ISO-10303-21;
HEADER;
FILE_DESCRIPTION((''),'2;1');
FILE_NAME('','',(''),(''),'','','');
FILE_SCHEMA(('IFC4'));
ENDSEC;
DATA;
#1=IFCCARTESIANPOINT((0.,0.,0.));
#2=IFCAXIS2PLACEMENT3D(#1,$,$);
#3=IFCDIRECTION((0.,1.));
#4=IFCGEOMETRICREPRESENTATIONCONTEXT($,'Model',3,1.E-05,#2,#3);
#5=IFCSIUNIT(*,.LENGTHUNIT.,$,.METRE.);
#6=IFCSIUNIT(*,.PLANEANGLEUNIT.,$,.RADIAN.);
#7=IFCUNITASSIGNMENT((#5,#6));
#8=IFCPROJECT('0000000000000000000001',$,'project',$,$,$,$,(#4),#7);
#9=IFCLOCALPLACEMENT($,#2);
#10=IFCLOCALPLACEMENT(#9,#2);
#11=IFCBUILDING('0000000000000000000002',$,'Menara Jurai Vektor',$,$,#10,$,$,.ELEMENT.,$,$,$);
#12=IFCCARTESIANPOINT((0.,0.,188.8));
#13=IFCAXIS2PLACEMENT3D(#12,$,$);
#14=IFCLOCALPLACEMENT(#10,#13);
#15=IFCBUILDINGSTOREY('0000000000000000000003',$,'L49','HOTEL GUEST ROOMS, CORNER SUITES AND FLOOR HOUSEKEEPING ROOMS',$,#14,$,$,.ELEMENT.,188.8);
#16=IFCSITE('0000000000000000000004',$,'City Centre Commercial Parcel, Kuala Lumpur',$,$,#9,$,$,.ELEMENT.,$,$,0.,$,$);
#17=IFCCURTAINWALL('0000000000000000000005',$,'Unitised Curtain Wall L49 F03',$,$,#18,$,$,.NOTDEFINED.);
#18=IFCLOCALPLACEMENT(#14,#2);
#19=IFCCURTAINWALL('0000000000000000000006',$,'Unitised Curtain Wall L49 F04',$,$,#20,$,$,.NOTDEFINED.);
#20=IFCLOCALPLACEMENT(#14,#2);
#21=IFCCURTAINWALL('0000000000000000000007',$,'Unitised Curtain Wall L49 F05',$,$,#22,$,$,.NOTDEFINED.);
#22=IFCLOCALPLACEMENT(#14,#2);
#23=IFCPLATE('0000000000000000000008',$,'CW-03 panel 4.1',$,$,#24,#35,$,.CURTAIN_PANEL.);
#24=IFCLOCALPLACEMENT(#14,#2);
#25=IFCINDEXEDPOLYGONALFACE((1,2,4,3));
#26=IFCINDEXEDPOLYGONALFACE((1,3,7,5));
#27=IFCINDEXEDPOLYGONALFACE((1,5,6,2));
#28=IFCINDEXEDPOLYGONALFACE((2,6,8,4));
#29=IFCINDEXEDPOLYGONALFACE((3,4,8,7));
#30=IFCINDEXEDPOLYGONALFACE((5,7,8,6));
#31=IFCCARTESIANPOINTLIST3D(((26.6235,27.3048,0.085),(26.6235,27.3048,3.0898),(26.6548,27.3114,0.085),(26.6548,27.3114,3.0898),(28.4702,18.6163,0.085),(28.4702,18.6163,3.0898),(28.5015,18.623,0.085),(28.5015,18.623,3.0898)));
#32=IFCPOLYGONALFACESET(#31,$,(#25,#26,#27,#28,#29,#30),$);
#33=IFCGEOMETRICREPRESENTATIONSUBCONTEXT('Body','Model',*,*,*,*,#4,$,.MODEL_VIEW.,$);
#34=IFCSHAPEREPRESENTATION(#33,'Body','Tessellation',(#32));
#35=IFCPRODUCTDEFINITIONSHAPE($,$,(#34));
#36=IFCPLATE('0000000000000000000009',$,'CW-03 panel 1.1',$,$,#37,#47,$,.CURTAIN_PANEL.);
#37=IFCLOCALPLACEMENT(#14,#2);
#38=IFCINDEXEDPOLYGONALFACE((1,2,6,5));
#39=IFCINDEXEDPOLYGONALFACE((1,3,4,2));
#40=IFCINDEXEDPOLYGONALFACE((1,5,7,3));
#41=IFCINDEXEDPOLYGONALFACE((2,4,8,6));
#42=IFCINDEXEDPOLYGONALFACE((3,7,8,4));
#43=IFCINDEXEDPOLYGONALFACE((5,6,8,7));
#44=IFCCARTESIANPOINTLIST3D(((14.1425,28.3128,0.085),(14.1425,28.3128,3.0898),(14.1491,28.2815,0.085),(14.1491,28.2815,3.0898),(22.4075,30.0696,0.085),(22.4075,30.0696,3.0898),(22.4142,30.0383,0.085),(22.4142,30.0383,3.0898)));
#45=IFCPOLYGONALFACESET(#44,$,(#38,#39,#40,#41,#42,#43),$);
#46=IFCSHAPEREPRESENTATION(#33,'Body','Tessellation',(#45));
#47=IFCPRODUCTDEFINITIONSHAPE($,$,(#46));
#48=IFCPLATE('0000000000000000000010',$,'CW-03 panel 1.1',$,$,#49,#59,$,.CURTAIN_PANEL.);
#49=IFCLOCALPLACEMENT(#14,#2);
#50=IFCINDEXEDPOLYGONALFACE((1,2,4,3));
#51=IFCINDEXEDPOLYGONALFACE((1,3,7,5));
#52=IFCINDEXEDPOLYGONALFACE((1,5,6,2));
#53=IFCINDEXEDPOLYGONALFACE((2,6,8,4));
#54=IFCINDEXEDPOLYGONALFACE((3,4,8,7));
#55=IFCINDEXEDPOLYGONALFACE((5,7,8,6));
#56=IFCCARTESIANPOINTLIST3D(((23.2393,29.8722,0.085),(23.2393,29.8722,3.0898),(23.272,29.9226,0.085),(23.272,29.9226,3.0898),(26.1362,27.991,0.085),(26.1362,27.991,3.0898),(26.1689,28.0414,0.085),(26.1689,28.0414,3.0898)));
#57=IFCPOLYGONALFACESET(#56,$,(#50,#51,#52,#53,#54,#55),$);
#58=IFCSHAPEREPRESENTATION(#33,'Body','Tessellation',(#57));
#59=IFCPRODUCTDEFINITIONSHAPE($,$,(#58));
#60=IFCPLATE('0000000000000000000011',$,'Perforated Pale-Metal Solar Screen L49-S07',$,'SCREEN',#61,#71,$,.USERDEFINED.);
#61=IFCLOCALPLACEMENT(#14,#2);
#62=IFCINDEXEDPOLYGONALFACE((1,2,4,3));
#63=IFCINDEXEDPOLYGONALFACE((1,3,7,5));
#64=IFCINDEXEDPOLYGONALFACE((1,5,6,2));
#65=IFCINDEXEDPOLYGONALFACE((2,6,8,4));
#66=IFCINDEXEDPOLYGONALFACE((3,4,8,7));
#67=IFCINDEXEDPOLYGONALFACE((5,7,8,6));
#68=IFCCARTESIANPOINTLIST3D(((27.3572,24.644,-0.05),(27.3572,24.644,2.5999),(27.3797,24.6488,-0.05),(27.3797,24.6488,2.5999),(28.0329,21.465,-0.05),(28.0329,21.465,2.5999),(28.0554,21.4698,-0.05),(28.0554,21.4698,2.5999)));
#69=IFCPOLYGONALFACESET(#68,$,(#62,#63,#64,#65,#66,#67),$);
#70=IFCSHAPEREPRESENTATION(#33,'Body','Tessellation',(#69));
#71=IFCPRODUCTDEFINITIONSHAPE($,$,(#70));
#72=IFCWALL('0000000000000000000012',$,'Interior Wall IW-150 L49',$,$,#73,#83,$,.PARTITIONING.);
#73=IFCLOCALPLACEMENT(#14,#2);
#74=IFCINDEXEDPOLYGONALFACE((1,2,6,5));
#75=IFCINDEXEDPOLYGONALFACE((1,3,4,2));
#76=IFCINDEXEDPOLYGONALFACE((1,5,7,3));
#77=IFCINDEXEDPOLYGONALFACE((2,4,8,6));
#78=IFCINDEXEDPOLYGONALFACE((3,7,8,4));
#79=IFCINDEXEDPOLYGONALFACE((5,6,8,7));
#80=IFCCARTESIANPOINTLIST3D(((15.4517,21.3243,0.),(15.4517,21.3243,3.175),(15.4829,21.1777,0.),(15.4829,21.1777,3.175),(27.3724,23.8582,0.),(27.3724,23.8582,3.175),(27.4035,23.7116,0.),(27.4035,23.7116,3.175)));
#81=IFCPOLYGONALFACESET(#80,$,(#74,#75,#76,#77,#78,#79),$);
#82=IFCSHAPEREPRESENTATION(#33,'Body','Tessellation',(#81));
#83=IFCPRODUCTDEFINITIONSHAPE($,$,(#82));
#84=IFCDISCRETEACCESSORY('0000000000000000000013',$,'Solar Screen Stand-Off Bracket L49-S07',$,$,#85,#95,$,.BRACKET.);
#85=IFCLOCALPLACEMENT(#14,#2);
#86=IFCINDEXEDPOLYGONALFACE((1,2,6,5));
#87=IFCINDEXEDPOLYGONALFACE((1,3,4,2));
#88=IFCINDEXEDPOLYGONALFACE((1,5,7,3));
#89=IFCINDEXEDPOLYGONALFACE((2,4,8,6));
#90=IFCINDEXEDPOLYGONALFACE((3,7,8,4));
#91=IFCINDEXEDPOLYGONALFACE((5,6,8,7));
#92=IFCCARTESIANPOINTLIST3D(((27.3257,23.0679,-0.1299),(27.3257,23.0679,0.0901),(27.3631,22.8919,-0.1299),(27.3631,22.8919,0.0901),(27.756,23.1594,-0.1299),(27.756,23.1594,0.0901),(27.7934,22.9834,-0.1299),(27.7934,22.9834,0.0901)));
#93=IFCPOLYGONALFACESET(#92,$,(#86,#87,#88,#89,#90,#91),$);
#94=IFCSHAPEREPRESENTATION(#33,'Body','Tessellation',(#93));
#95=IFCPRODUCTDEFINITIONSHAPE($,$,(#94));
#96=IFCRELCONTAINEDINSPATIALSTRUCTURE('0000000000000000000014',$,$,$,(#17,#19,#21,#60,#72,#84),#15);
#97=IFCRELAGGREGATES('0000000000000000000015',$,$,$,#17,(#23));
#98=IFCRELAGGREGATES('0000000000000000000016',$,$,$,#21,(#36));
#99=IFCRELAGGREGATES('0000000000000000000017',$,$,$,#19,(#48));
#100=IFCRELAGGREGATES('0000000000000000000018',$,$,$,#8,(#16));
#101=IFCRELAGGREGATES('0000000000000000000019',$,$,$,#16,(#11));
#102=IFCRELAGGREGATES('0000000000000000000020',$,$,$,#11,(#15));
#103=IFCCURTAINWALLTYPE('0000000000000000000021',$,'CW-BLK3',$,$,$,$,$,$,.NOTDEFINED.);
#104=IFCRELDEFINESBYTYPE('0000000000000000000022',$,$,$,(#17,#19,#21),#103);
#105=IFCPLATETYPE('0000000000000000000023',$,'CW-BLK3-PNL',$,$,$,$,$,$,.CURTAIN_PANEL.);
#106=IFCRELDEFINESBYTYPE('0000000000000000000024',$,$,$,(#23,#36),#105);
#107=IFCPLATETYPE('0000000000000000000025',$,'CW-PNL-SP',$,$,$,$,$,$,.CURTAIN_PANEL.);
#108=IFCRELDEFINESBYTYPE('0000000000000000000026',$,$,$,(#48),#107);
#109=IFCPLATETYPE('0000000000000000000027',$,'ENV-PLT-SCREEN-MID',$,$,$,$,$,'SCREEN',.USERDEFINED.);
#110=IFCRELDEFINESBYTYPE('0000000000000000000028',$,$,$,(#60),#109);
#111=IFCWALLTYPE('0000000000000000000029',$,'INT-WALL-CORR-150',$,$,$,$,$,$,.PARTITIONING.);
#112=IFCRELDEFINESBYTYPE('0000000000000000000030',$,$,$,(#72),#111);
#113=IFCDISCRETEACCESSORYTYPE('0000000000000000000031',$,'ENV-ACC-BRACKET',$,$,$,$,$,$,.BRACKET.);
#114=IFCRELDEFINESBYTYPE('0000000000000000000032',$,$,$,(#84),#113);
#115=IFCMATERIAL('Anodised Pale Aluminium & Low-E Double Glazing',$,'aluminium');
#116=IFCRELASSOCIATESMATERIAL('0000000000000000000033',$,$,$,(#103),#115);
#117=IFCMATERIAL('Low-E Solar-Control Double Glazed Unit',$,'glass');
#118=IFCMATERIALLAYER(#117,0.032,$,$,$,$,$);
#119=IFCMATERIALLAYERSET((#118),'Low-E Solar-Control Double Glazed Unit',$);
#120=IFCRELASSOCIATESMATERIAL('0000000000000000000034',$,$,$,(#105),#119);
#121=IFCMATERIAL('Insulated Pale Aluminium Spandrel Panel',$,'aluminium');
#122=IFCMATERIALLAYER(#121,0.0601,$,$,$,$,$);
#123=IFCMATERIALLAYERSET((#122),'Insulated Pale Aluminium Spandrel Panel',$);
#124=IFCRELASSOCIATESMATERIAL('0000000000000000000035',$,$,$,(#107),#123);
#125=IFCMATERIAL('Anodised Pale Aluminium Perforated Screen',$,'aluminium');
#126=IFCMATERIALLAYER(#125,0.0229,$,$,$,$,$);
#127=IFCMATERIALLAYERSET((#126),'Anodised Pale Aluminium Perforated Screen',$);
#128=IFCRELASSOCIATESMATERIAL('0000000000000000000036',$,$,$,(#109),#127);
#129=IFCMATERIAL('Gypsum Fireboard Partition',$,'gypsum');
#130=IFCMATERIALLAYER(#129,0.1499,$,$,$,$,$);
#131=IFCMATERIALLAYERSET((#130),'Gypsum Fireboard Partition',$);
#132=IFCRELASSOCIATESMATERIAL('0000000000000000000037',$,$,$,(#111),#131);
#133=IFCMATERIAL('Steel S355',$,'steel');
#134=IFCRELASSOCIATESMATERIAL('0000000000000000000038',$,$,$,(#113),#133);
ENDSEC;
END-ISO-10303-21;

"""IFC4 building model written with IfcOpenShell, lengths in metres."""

from ifc_helpers import new_model, si_unit, direction, frame, frame_2d, origin, origin_2d, place, context, subcontext, project, spatial, rectangle, extrude, material, layer, layer_set, type_object, element, aggregate, save


model = new_model("IFC4")

# Units and contexts
model_context = context("Model", 3, precision=1e-05, world=origin(), true_north=direction((0.0, 1.0)))
body_context = subcontext(model_context, "Body", "Model", "MODEL_VIEW")
ifc_project = project(units=[si_unit("LENGTHUNIT", "METRE"), si_unit("PLANEANGLEUNIT", "RADIAN")], contexts=[model_context])

# Site, building, storey
site_placement = place(None, origin())
site = spatial("IfcSite", under=ifc_project, at=site_placement, Name="City Centre Commercial Parcel, Kuala Lumpur", CompositionType="ELEMENT", RefElevation=0.0)
building_placement = place(site_placement, origin())
building = spatial("IfcBuilding", under=site, at=building_placement, Name="Menara Jurai Vektor", CompositionType="ELEMENT")
storey_placement = place(building_placement, frame((0.0, 0.0, 188.8)))
storey = spatial("IfcBuildingStorey", under=building, at=storey_placement, Name="L49", Description="HOTEL GUEST ROOMS, CORNER SUITES AND FLOOR HOUSEKEEPING ROOMS", CompositionType="ELEMENT", Elevation=188.8)

# Curtain walls
ifc_material_1 = material(Name="Anodised Pale Aluminium & Low-E Double Glazing", Category="aluminium")
curtain_wall_type = type_object("IfcCurtainWallType", Name="CW-BLK3", PredefinedType="NOTDEFINED", material=ifc_material_1)
curtain_wall_1_placement = place(storey_placement, origin())
curtain_wall_1 = element("IfcCurtainWall", 1, at=curtain_wall_1_placement, inside=storey, type_object=curtain_wall_type, Name="Unitised Curtain Wall L49 F03", PredefinedType="NOTDEFINED")
curtain_wall_2_placement = place(storey_placement, origin())
curtain_wall_2 = element("IfcCurtainWall", 2, at=curtain_wall_2_placement, inside=storey, type_object=curtain_wall_type, Name="Unitised Curtain Wall L49 F04", PredefinedType="NOTDEFINED")

# Curtain wall
curtain_wall_3_placement = place(storey_placement, origin())
curtain_wall_3 = element("IfcCurtainWall", 3, at=curtain_wall_3_placement, inside=storey, type_object=curtain_wall_type, Name="Unitised Curtain Wall L49 F05", PredefinedType="NOTDEFINED")

# Shared definitions
ifc_material_2 = material(Name="Steel S355", Category="steel")

# Plates
ifc_material_3 = material(Name="Low-E Solar-Control Double Glazed Unit", Category="glass")
ifc_layer_1 = layer(ifc_material_3, 0.032)
ifc_layer_set_1 = layer_set([ifc_layer_1], Name="Low-E Solar-Control Double Glazed Unit")
plate_type_1 = type_object("IfcPlateType", Name="CW-BLK3-PNL", PredefinedType="CURTAIN_PANEL", material=ifc_layer_set_1)
plate_1_placement = place(storey_placement, frame((27.5625, 22.9639, 0.085), z_axis=(0.0, 0.0, 1.0), x_axis=(-0.20791, 0.978148, 0.0)))
plate_1 = element("IfcPlate", 4, at=plate_1_placement, type_object=plate_type_1, Name="CW-03 panel 4.1", PredefinedType="CURTAIN_PANEL", context=body_context, shape_type="SweptSolid", body=[
    extrude(rectangle(XDim=8.8826, YDim=0.032, at=origin_2d()), origin(), (0.0, 0.0, 1.0), 3.0049),
])
aggregate(curtain_wall_1, [plate_1])
plate_2_placement = place(storey_placement, frame((18.2783, 29.1755, 0.085), z_axis=(0.0, 0.0, 1.0), x_axis=(-0.978148, -0.207911, 0.0)))
plate_2 = element("IfcPlate", 5, at=plate_2_placement, type_object=plate_type_1, Name="CW-03 panel 1.1", PredefinedType="CURTAIN_PANEL", context=body_context, shape_type="SweptSolid", body=[
    extrude(rectangle(XDim=8.4497, YDim=0.032, at=origin_2d()), origin(), (0.0, 0.0, 1.0), 3.0049),
])
aggregate(curtain_wall_3, [plate_2])
ifc_material_4 = material(Name="Insulated Pale Aluminium Spandrel Panel", Category="aluminium")
ifc_layer_2 = layer(ifc_material_4, 0.0601)
ifc_layer_set_2 = layer_set([ifc_layer_2], Name="Insulated Pale Aluminium Spandrel Panel")
plate_type_2 = type_object("IfcPlateType", Name="CW-PNL-SP", PredefinedType="CURTAIN_PANEL", material=ifc_layer_set_2)
plate_3_placement = place(storey_placement, frame((24.7041, 28.9568, 0.085), z_axis=(0.0, 0.0, 1.0), x_axis=(-0.838684, 0.544618, 0.0)))
plate_3 = element("IfcPlate", 6, at=plate_3_placement, type_object=plate_type_2, Name="CW-03 panel 1.1", PredefinedType="CURTAIN_PANEL", context=body_context, shape_type="SweptSolid", body=[
    extrude(rectangle(XDim=3.4541, YDim=0.0601, at=origin_2d()), origin(), (0.0, 0.0, 1.0), 3.0049),
])
aggregate(curtain_wall_2, [plate_3])
ifc_material_5 = material(Name="Anodised Pale Aluminium Perforated Screen", Category="aluminium")
ifc_layer_3 = layer(ifc_material_5, 0.0229)
ifc_layer_set_3 = layer_set([ifc_layer_3], Name="Anodised Pale Aluminium Perforated Screen")
plate_type_3 = type_object("IfcPlateType", Name="ENV-PLT-SCREEN-MID", ElementType="SCREEN", PredefinedType="USERDEFINED", material=ifc_layer_set_3)
plate_4_placement = place(storey_placement, frame((27.7063, 23.0569, -0.05), z_axis=(0.0, 0.0, 1.0), x_axis=(-0.207912, 0.978148, 0.0)))
element("IfcPlate", 7, at=plate_4_placement, inside=storey, type_object=plate_type_3, Name="Perforated Pale-Metal Solar Screen L49-S07", ObjectType="SCREEN", PredefinedType="USERDEFINED", context=body_context, shape_type="SweptSolid", body=[
    extrude(rectangle(XDim=3.25, YDim=0.0229, at=origin_2d()), origin(), (0.0, 0.0, 1.0), 2.6499),
])

# Wall
ifc_material_6 = material(Name="Gypsum Fireboard Partition", Category="gypsum")
ifc_layer_4 = layer(ifc_material_6, 0.1499)
ifc_layer_set_4 = layer_set([ifc_layer_4], Name="Gypsum Fireboard Partition")
wall_type = type_object("IfcWallType", Name="INT-WALL-CORR-150", PredefinedType="PARTITIONING", material=ifc_layer_set_4)
wall_1_placement = place(storey_placement, frame((15.4673, 21.251, 0.0), z_axis=(0.0, 0.0, 1.0), x_axis=(0.978146, 0.207921, 0.0)))
element("IfcWall", 8, at=wall_1_placement, inside=storey, type_object=wall_type, Name="Interior Wall IW-150 L49", PredefinedType="PARTITIONING", context=body_context, shape_type="SweptSolid", body=[
    extrude(rectangle(XDim=12.187, YDim=0.1499, at=frame_2d((6.0935, 0.0))), origin(), (0.0, 0.0, 1.0), 3.175),
])

# Discrete accessory
discrete_accessory_type = type_object("IfcDiscreteAccessoryType", Name="ENV-ACC-BRACKET", PredefinedType="BRACKET", material=ifc_material_2)
discrete_accessory_placement = place(storey_placement, frame((27.5596, 23.0256, -0.1299), z_axis=(0.0, 0.0, 1.0), x_axis=(-0.207912, 0.978148, 0.0)))
element("IfcDiscreteAccessory", 9, at=discrete_accessory_placement, inside=storey, type_object=discrete_accessory_type, Name="Solar Screen Stand-Off Bracket L49-S07", PredefinedType="BRACKET", context=body_context, shape_type="SweptSolid", body=[
    extrude(rectangle(XDim=0.1799, YDim=0.4399, at=origin_2d()), origin(), (0.0, 0.0, 1.0), 0.22),
])

save(model, "model.ifc")
